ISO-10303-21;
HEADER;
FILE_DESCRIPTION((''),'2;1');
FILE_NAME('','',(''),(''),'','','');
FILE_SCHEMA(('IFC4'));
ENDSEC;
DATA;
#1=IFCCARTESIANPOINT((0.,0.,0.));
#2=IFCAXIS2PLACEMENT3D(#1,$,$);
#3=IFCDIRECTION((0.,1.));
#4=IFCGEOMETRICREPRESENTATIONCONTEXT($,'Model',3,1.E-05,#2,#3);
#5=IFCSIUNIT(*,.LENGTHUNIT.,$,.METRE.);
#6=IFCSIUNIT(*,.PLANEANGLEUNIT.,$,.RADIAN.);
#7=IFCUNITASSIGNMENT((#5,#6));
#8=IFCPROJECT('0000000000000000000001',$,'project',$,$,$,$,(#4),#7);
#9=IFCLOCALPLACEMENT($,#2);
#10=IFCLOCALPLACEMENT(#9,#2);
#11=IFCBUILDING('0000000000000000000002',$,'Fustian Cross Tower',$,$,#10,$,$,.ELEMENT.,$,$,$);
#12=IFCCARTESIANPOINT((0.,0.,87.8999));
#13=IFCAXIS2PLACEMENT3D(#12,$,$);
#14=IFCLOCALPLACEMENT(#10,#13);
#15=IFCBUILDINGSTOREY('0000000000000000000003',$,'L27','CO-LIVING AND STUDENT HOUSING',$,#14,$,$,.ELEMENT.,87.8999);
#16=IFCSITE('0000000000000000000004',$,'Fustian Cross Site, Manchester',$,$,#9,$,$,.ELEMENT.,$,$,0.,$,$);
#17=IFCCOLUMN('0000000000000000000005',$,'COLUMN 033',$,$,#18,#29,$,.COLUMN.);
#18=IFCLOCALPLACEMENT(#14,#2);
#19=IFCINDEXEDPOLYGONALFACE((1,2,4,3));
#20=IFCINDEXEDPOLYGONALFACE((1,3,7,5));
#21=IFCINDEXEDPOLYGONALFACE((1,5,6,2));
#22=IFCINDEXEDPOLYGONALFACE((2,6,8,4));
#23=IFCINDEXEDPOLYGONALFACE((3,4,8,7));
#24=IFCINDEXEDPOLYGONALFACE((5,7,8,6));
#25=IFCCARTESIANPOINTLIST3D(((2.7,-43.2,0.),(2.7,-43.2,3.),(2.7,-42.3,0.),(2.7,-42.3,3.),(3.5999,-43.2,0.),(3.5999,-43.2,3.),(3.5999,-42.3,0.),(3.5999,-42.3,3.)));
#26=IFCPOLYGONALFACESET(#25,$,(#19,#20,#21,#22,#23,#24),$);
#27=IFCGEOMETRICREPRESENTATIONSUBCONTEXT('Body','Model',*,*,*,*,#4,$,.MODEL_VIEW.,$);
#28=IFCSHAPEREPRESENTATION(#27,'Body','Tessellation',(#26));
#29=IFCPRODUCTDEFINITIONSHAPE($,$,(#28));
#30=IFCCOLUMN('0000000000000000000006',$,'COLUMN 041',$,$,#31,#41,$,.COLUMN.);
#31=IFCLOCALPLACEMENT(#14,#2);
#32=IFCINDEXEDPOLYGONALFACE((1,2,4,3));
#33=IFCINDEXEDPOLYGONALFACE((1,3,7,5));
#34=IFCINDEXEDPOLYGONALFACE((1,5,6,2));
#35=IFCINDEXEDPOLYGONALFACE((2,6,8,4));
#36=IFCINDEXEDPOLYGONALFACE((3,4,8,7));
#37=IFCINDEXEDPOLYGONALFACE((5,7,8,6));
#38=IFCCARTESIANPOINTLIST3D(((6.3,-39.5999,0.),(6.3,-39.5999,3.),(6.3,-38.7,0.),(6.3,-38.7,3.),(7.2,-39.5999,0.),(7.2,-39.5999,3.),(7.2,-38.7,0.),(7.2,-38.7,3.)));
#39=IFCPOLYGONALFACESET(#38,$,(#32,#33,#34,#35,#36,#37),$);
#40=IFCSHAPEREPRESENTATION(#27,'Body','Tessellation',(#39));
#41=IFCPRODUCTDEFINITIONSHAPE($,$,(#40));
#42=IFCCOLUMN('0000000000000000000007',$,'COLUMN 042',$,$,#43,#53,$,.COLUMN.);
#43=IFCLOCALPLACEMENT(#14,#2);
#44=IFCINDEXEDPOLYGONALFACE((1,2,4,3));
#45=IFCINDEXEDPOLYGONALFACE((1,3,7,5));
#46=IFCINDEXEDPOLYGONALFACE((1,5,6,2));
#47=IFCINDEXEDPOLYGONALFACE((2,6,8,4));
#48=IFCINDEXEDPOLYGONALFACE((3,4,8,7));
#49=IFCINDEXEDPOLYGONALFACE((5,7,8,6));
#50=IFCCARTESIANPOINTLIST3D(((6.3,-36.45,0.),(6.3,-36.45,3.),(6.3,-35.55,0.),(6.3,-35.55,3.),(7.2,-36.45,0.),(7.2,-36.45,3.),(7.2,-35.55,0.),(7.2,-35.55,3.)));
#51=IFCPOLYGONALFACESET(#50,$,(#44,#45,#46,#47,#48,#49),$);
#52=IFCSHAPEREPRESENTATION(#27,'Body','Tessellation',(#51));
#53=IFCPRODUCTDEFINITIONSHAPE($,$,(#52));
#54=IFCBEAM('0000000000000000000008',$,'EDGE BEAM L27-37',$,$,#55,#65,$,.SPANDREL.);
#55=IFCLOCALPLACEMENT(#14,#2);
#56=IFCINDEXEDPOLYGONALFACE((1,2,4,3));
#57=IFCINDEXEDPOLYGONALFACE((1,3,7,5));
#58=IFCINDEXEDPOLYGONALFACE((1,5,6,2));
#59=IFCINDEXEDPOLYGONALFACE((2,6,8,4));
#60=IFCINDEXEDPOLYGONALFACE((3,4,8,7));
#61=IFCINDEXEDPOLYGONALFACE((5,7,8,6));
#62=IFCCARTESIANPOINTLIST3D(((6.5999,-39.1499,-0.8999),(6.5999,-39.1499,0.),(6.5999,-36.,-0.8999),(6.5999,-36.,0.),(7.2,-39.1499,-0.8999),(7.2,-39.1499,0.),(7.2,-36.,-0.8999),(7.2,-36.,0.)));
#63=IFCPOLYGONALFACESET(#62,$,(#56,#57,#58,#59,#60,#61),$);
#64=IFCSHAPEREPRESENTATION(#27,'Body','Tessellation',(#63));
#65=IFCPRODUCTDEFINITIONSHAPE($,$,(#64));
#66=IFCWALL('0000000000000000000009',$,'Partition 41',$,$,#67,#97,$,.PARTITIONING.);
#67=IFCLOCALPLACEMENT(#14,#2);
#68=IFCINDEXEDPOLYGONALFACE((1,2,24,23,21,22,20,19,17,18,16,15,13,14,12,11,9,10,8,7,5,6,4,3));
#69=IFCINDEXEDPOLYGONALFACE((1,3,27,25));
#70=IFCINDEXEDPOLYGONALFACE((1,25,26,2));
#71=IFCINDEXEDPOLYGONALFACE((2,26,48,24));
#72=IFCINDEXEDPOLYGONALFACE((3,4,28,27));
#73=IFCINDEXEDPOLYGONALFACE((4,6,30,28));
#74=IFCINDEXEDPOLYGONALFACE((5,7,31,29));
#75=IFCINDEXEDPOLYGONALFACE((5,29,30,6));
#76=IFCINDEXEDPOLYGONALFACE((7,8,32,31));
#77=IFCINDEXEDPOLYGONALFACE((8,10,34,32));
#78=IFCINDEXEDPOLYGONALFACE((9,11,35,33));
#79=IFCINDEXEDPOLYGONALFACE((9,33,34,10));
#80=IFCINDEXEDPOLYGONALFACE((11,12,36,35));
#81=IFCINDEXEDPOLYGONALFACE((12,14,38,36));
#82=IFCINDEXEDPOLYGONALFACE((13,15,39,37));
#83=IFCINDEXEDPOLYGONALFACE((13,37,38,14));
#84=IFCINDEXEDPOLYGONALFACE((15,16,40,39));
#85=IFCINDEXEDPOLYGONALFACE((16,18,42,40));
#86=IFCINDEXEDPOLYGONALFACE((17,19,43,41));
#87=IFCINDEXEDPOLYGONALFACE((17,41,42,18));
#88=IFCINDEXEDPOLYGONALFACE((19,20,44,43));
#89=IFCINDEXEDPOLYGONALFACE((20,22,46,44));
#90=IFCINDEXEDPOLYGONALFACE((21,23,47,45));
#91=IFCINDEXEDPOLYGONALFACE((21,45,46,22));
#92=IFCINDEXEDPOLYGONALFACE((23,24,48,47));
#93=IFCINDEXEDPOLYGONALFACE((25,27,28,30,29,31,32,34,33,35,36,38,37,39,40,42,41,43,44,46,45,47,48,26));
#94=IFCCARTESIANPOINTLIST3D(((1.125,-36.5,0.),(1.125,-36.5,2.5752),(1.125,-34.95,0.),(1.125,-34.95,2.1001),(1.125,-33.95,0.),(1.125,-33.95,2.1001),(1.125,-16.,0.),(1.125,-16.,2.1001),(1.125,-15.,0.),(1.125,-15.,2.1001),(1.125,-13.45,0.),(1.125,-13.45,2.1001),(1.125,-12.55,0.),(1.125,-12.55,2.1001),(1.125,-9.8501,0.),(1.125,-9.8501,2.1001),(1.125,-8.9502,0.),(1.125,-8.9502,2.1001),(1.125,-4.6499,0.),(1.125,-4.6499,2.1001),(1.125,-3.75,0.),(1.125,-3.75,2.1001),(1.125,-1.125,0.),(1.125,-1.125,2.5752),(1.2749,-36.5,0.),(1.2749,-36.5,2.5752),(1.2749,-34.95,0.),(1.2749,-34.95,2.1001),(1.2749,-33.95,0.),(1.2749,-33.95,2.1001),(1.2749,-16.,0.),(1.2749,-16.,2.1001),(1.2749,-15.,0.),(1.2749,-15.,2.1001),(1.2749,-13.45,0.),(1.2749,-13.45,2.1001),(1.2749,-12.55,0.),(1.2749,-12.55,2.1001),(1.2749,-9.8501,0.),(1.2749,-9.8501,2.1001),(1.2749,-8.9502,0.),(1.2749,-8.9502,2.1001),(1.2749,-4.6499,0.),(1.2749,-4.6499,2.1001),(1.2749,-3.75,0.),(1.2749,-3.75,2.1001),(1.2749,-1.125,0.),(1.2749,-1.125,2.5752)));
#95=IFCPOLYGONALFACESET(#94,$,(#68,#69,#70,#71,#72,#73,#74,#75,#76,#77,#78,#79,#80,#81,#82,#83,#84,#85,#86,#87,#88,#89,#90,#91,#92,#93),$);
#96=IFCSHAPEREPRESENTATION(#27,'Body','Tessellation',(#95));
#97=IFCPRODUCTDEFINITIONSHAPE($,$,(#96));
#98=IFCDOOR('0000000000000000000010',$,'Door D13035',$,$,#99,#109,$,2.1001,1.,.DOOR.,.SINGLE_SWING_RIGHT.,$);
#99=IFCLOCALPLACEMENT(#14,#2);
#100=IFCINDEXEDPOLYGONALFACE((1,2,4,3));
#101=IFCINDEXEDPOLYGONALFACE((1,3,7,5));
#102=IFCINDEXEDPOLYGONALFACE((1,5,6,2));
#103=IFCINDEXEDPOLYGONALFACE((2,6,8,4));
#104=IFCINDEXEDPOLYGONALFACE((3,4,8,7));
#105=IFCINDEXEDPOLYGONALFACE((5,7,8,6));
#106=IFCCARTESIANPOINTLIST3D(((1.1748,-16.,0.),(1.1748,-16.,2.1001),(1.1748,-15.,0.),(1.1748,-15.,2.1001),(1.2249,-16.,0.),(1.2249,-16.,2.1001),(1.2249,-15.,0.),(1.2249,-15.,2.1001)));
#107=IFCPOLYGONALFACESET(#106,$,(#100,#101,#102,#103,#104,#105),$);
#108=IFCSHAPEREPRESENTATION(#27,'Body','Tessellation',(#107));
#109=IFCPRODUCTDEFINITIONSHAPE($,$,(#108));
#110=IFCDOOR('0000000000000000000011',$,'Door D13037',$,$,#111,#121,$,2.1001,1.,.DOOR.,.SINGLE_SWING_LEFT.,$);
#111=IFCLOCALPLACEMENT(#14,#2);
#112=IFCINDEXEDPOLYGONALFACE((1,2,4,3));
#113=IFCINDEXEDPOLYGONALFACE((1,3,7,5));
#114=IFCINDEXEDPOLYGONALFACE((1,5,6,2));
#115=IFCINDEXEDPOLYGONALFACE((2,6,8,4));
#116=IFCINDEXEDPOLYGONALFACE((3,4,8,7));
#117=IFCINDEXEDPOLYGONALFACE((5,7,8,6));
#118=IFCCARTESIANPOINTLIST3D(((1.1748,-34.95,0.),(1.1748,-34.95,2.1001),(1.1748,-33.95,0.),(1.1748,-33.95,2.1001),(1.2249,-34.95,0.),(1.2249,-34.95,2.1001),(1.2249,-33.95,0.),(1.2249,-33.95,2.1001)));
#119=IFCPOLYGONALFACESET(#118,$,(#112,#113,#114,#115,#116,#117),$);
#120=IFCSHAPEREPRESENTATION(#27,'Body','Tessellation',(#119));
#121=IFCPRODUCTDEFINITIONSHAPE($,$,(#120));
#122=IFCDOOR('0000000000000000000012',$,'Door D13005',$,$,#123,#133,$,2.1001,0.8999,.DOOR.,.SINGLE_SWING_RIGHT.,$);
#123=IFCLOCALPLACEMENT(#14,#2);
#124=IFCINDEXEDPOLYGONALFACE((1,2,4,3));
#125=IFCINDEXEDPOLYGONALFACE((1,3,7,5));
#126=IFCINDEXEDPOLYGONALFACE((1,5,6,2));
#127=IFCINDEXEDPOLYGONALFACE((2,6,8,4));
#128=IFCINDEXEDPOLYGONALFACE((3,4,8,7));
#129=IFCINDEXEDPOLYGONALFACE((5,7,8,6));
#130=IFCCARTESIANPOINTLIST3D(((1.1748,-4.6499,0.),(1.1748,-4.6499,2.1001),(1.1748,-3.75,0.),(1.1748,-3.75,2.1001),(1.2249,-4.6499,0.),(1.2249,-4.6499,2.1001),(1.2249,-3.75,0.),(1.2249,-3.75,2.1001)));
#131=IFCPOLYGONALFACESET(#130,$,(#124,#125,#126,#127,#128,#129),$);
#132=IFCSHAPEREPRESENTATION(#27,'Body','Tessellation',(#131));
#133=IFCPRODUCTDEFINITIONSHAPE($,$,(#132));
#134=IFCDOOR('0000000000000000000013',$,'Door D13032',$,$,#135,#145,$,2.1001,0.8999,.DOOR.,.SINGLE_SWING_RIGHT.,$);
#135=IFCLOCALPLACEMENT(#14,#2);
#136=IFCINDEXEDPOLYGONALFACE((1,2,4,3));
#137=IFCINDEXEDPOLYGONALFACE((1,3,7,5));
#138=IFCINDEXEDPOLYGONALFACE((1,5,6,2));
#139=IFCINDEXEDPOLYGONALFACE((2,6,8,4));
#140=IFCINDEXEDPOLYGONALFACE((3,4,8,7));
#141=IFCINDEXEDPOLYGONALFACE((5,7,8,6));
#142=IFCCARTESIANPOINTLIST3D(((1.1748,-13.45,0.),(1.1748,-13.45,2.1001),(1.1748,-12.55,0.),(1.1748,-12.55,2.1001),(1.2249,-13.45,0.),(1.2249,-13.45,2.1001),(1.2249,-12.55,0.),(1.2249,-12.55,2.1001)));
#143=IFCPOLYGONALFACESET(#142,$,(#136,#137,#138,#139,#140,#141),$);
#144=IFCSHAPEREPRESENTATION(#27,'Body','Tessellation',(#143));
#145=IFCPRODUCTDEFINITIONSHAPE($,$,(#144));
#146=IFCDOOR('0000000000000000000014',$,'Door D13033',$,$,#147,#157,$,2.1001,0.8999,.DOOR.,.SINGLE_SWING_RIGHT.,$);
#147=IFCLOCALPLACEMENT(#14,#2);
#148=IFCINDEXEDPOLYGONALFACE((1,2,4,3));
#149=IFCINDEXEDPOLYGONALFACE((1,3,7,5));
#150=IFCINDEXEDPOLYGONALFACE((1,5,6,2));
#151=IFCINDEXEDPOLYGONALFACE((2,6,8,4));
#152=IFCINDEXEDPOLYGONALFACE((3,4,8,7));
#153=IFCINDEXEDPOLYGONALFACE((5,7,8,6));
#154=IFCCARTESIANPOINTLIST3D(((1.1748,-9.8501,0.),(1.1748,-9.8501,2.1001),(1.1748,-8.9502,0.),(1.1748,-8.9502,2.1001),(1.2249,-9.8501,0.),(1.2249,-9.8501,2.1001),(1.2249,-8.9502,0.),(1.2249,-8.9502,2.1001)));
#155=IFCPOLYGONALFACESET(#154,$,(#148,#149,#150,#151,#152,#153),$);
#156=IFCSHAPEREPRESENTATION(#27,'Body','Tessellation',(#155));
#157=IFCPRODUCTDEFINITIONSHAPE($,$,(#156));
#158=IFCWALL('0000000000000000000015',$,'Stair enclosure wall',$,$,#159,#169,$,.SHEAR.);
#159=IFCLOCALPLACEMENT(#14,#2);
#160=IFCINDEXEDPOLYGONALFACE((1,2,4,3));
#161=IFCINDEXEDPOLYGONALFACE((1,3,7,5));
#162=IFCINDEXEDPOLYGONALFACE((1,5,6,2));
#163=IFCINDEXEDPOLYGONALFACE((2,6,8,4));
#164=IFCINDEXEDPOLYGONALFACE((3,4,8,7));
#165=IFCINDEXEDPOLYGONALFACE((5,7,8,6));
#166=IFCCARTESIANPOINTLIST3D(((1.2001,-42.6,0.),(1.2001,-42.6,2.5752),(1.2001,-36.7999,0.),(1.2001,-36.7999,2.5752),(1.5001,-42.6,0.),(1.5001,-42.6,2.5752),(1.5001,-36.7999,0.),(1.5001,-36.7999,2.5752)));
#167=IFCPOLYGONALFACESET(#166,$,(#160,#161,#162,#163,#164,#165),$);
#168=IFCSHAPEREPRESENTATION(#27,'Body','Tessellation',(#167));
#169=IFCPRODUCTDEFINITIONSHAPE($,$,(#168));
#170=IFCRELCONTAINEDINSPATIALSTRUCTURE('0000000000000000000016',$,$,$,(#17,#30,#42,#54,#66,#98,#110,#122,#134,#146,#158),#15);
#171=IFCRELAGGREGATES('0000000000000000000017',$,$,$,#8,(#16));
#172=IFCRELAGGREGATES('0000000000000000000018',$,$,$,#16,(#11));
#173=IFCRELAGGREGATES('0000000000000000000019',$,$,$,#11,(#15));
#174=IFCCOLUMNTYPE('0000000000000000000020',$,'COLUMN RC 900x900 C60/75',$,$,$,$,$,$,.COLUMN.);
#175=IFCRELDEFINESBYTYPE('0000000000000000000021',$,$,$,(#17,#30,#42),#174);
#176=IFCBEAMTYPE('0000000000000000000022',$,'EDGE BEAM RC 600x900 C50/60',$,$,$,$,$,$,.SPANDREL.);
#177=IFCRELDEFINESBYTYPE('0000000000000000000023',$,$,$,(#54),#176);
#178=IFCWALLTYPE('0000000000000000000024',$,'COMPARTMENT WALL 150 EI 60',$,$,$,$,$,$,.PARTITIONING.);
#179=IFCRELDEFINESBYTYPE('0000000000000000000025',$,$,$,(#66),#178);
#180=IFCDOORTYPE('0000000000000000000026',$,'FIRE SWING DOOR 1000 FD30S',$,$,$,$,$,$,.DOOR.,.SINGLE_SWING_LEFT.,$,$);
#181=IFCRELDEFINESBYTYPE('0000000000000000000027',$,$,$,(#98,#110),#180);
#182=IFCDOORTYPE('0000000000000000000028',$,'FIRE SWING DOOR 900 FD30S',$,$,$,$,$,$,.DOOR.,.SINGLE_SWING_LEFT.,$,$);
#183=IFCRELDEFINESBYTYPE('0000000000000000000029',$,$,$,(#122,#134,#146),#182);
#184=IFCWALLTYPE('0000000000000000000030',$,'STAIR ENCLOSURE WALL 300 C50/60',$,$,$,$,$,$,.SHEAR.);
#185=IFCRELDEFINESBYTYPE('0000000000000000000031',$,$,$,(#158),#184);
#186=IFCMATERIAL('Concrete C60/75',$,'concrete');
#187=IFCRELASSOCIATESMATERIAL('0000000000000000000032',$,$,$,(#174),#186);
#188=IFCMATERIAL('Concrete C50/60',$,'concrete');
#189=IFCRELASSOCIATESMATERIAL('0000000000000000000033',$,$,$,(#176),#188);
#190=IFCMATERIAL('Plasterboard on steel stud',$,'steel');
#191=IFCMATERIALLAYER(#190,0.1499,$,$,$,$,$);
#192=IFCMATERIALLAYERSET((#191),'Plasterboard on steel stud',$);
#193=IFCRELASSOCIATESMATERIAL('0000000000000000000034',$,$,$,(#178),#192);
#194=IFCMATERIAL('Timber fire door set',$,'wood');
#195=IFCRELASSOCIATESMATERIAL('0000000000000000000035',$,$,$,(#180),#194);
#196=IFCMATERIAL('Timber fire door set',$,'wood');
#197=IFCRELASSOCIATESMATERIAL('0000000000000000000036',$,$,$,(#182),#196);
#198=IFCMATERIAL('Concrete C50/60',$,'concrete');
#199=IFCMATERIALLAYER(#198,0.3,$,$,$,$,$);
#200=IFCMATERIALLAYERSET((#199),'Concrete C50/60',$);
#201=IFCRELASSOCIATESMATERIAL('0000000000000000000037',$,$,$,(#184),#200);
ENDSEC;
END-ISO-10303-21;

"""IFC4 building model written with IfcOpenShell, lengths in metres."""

from ifc_helpers import new_model, si_unit, direction, frame, frame_2d, origin, origin_2d, place, context, subcontext, project, spatial, rectangle, extrude, material, layer, layer_set, material_profile, profile_set, type_object, element, fill, save


model = new_model("IFC4")

# Units and contexts
model_context = context("Model", 3, precision=1e-05, world=origin(), true_north=direction((0.0, 1.0)))
body_context = subcontext(model_context, "Body", "Model", "MODEL_VIEW")
ifc_project = project(units=[si_unit("LENGTHUNIT", "METRE"), si_unit("PLANEANGLEUNIT", "RADIAN")], contexts=[model_context])

# Site, building, storey
site_placement = place(None, origin())
site = spatial("IfcSite", under=ifc_project, at=site_placement, Name="Fustian Cross Site, Manchester", CompositionType="ELEMENT", RefElevation=0.0)
building_placement = place(site_placement, origin())
building = spatial("IfcBuilding", under=site, at=building_placement, Name="Fustian Cross Tower", CompositionType="ELEMENT")
storey_placement = place(building_placement, frame((0.0, 0.0, 87.8999)))
storey = spatial("IfcBuildingStorey", under=building, at=storey_placement, Name="L27", Description="CO-LIVING AND STUDENT HOUSING", CompositionType="ELEMENT", Elevation=87.8999)

# Columns
ifc_material_1 = material(Name="Concrete C60/75", Category="concrete")
ifc_material_profile_1 = material_profile(ifc_material_1, rectangle(XDim=0.8999, YDim=0.8999, at=origin_2d()), Name="RC 900x900")
ifc_profile_set_1 = profile_set([ifc_material_profile_1], Name="Concrete C60/75")
column_type = type_object("IfcColumnType", Name="COLUMN RC 900x900 C60/75", PredefinedType="COLUMN", material=ifc_profile_set_1)
for number, where, z_axis, x_axis, name in (
    (1, (3.1499, -42.75, 0.0), (0.0, 0.0, 1.0), (1.0, 0.0, 0.0), "COLUMN 033"),
    (2, (6.75, -39.1499, 0.0), (0.0, 0.0, 1.0), (1.0, 0.0, 0.0), "COLUMN 041"),
    (3, (6.75, -36.0, 0.0), (0.0, 0.0, 1.0), (1.0, 0.0, 0.0), "COLUMN 042"),
):
    element("IfcColumn", number, at=place(storey_placement, frame(where, z_axis=z_axis, x_axis=x_axis)), inside=storey, type_object=column_type, Name=name, PredefinedType="COLUMN", context=body_context, shape_type="SweptSolid", body=[
        extrude(rectangle(XDim=0.8999, YDim=0.8999, at=origin_2d()), origin(), (0.0, 0.0, 1.0), 3.0),
    ])

# Beam
ifc_material_2 = material(Name="Concrete C50/60", Category="concrete")
ifc_material_profile_2 = material_profile(ifc_material_2, rectangle(XDim=0.6001, YDim=0.8999, at=origin_2d()), Name="RC 600x900")
ifc_profile_set_2 = profile_set([ifc_material_profile_2], Name="Concrete C50/60")
beam_type = type_object("IfcBeamType", Name="EDGE BEAM RC 600x900 C50/60", PredefinedType="SPANDREL", material=ifc_profile_set_2)
beam_placement = place(storey_placement, frame((6.8999, -39.1499, -0.45), z_axis=(0.0, 1.0, 0.0), x_axis=(-1.0, 0.0, 0.0)))
element("IfcBeam", 4, at=beam_placement, inside=storey, type_object=beam_type, Name="EDGE BEAM L27-37", PredefinedType="SPANDREL", context=body_context, shape_type="SweptSolid", body=[
    extrude(rectangle(XDim=0.6001, YDim=0.8999, at=origin_2d()), origin(), (0.0, 0.0, 1.0), 3.1499),
])

# Wall, openings, doors
ifc_material_3 = material(Name="Plasterboard on steel stud", Category="steel")
ifc_layer_1 = layer(ifc_material_3, 0.1499)
ifc_layer_set_1 = layer_set([ifc_layer_1], Name="Plasterboard on steel stud")
wall_type_1 = type_object("IfcWallType", Name="COMPARTMENT WALL 150 EI 60", PredefinedType="PARTITIONING", material=ifc_layer_set_1)
wall_1_placement = place(storey_placement, frame((1.2, -36.5, 0.0), z_axis=(0.0, 0.0, 1.0), x_axis=(0.0, 1.0, 0.0)))
wall_1 = element("IfcWall", 5, at=wall_1_placement, inside=storey, type_object=wall_type_1, Name="Partition 41", PredefinedType="PARTITIONING", context=body_context, shape_type="SweptSolid", body=[
    extrude(rectangle(XDim=35.375, YDim=0.1499, at=frame_2d((17.6875, 0.0))), origin(), (0.0, 0.0, 1.0), 2.5752),
])
opening_1_placement = place(wall_1_placement, frame((31.8501, 0.0, 0.0)))
opening_1 = element("IfcOpeningElement", 6, at=opening_1_placement, cuts=wall_1, PredefinedType="OPENING", context=body_context, shape_type="SweptSolid", body=[
    extrude(rectangle(XDim=0.8999, YDim=2.1001, at=frame_2d((0.45, 1.05))), frame((0.0, 0.085, 0.0), z_axis=(0.0, -1.0, 0.0), x_axis=(1.0, 0.0, 0.0)), (0.0, 0.0, 1.0), 0.1699),
])
opening_2_placement = place(wall_1_placement, frame((23.05, 0.0, 0.0)))
opening_2 = element("IfcOpeningElement", 7, at=opening_2_placement, cuts=wall_1, PredefinedType="OPENING", context=body_context, shape_type="SweptSolid", body=[
    extrude(rectangle(XDim=0.8999, YDim=2.1001, at=frame_2d((0.45, 1.05))), frame((0.0, 0.085, 0.0), z_axis=(0.0, -1.0, 0.0), x_axis=(1.0, 0.0, 0.0)), (0.0, 0.0, 1.0), 0.1699),
])
opening_3_placement = place(wall_1_placement, frame((26.6499, 0.0, 0.0)))
opening_3 = element("IfcOpeningElement", 8, at=opening_3_placement, cuts=wall_1, PredefinedType="OPENING", context=body_context, shape_type="SweptSolid", body=[
    extrude(rectangle(XDim=0.8999, YDim=2.1001, at=frame_2d((0.45, 1.05))), frame((0.0, 0.085, 0.0), z_axis=(0.0, -1.0, 0.0), x_axis=(1.0, 0.0, 0.0)), (0.0, 0.0, 1.0), 0.1699),
])
opening_4_placement = place(wall_1_placement, frame((20.5, 0.0, 0.0)))
opening_4 = element("IfcOpeningElement", 9, at=opening_4_placement, cuts=wall_1, PredefinedType="OPENING", context=body_context, shape_type="SweptSolid", body=[
    extrude(rectangle(XDim=1.0, YDim=2.1001, at=frame_2d((0.5, 1.05))), frame((0.0, 0.085, 0.0), z_axis=(0.0, -1.0, 0.0), x_axis=(1.0, 0.0, 0.0)), (0.0, 0.0, 1.0), 0.1699),
])
opening_5_placement = place(wall_1_placement, frame((1.55, 0.0, 0.0)))
opening_5 = element("IfcOpeningElement", 10, at=opening_5_placement, cuts=wall_1, PredefinedType="OPENING", context=body_context, shape_type="SweptSolid", body=[
    extrude(rectangle(XDim=1.0, YDim=2.1001, at=frame_2d((0.5, 1.05))), frame((0.0, 0.085, 0.0), z_axis=(0.0, -1.0, 0.0), x_axis=(1.0, 0.0, 0.0)), (0.0, 0.0, 1.0), 0.1699),
])
ifc_material_4 = material(Name="Timber fire door set", Category="wood")
door_type_1 = type_object("IfcDoorType", Name="FIRE SWING DOOR 1000 FD30S", OperationType="SINGLE_SWING_LEFT", PredefinedType="DOOR", material=ifc_material_4)
door_1_placement = place(opening_4_placement, frame((1.0, 0.0, 0.0), z_axis=(0.0, 0.0, 1.0), x_axis=(-1.0, 0.0, 0.0)))
door_1 = element("IfcDoor", 11, at=door_1_placement, inside=storey, type_object=door_type_1, Name="Door D13035", OperationType="SINGLE_SWING_RIGHT", OverallHeight=2.1001, OverallWidth=1.0, PredefinedType="DOOR", context=body_context, shape_type="SweptSolid", body=[
    extrude(rectangle(XDim=1.0, YDim=2.1001, at=frame_2d((0.5, 1.05))), frame((0.0, 0.0249, 0.0), z_axis=(0.0, -1.0, 0.0), x_axis=(1.0, 0.0, 0.0)), (0.0, 0.0, 1.0), 0.05),
])
fill(opening_4, door_1)
door_2_placement = place(opening_5_placement, frame((1.0, 0.0, 0.0), z_axis=(0.0, 0.0, 1.0), x_axis=(-1.0, 0.0, 0.0)))
door_2 = element("IfcDoor", 12, at=door_2_placement, inside=storey, type_object=door_type_1, Name="Door D13037", OperationType="SINGLE_SWING_LEFT", OverallHeight=2.1001, OverallWidth=1.0, PredefinedType="DOOR", context=body_context, shape_type="SweptSolid", body=[
    extrude(rectangle(XDim=1.0, YDim=2.1001, at=frame_2d((0.5, 1.05))), frame((0.0, 0.0249, 0.0), z_axis=(0.0, -1.0, 0.0), x_axis=(1.0, 0.0, 0.0)), (0.0, 0.0, 1.0), 0.05),
])
fill(opening_5, door_2)
ifc_material_5 = material(Name="Timber fire door set", Category="wood")
door_type_2 = type_object("IfcDoorType", Name="FIRE SWING DOOR 900 FD30S", OperationType="SINGLE_SWING_LEFT", PredefinedType="DOOR", material=ifc_material_5)
door_3_placement = place(opening_1_placement, frame((0.8999, 0.0, 0.0), z_axis=(0.0, 0.0, 1.0), x_axis=(-1.0, 0.0, 0.0)))
door_3 = element("IfcDoor", 13, at=door_3_placement, inside=storey, type_object=door_type_2, Name="Door D13005", OperationType="SINGLE_SWING_RIGHT", OverallHeight=2.1001, OverallWidth=0.8999, PredefinedType="DOOR", context=body_context, shape_type="SweptSolid", body=[
    extrude(rectangle(XDim=0.8999, YDim=2.1001, at=frame_2d((0.45, 1.05))), frame((0.0, 0.0249, 0.0), z_axis=(0.0, -1.0, 0.0), x_axis=(1.0, 0.0, 0.0)), (0.0, 0.0, 1.0), 0.05),
])
fill(opening_1, door_3)
door_4_placement = place(opening_2_placement, frame((0.8999, 0.0, 0.0), z_axis=(0.0, 0.0, 1.0), x_axis=(-1.0, 0.0, 0.0)))
door_4 = element("IfcDoor", 14, at=door_4_placement, inside=storey, type_object=door_type_2, Name="Door D13032", OperationType="SINGLE_SWING_RIGHT", OverallHeight=2.1001, OverallWidth=0.8999, PredefinedType="DOOR", context=body_context, shape_type="SweptSolid", body=[
    extrude(rectangle(XDim=0.8999, YDim=2.1001, at=frame_2d((0.45, 1.05))), frame((0.0, 0.0249, 0.0), z_axis=(0.0, -1.0, 0.0), x_axis=(1.0, 0.0, 0.0)), (0.0, 0.0, 1.0), 0.05),
])
fill(opening_2, door_4)
door_5_placement = place(opening_3_placement, frame((0.8999, 0.0, 0.0), z_axis=(0.0, 0.0, 1.0), x_axis=(-1.0, 0.0, 0.0)))
door_5 = element("IfcDoor", 15, at=door_5_placement, inside=storey, type_object=door_type_2, Name="Door D13033", OperationType="SINGLE_SWING_RIGHT", OverallHeight=2.1001, OverallWidth=0.8999, PredefinedType="DOOR", context=body_context, shape_type="SweptSolid", body=[
    extrude(rectangle(XDim=0.8999, YDim=2.1001, at=frame_2d((0.45, 1.05))), frame((0.0, 0.0249, 0.0), z_axis=(0.0, -1.0, 0.0), x_axis=(1.0, 0.0, 0.0)), (0.0, 0.0, 1.0), 0.05),
])
fill(opening_3, door_5)

# Wall
ifc_material_6 = material(Name="Concrete C50/60", Category="concrete")
ifc_layer_2 = layer(ifc_material_6, 0.3)
ifc_layer_set_2 = layer_set([ifc_layer_2], Name="Concrete C50/60")
wall_type_2 = type_object("IfcWallType", Name="STAIR ENCLOSURE WALL 300 C50/60", PredefinedType="SHEAR", material=ifc_layer_set_2)
wall_2_placement = place(storey_placement, frame((1.3501, -36.8, 0.0), z_axis=(0.0, 0.0, 1.0), x_axis=(0.0, -1.0, 0.0)))
element("IfcWall", 16, at=wall_2_placement, inside=storey, type_object=wall_type_2, Name="Stair enclosure wall", PredefinedType="SHEAR", context=body_context, shape_type="SweptSolid", body=[
    extrude(rectangle(XDim=5.8, YDim=0.3, at=frame_2d((2.8999, 0.0))), origin(), (0.0, 0.0, 1.0), 2.5752),
])

save(model, "model.ifc")
